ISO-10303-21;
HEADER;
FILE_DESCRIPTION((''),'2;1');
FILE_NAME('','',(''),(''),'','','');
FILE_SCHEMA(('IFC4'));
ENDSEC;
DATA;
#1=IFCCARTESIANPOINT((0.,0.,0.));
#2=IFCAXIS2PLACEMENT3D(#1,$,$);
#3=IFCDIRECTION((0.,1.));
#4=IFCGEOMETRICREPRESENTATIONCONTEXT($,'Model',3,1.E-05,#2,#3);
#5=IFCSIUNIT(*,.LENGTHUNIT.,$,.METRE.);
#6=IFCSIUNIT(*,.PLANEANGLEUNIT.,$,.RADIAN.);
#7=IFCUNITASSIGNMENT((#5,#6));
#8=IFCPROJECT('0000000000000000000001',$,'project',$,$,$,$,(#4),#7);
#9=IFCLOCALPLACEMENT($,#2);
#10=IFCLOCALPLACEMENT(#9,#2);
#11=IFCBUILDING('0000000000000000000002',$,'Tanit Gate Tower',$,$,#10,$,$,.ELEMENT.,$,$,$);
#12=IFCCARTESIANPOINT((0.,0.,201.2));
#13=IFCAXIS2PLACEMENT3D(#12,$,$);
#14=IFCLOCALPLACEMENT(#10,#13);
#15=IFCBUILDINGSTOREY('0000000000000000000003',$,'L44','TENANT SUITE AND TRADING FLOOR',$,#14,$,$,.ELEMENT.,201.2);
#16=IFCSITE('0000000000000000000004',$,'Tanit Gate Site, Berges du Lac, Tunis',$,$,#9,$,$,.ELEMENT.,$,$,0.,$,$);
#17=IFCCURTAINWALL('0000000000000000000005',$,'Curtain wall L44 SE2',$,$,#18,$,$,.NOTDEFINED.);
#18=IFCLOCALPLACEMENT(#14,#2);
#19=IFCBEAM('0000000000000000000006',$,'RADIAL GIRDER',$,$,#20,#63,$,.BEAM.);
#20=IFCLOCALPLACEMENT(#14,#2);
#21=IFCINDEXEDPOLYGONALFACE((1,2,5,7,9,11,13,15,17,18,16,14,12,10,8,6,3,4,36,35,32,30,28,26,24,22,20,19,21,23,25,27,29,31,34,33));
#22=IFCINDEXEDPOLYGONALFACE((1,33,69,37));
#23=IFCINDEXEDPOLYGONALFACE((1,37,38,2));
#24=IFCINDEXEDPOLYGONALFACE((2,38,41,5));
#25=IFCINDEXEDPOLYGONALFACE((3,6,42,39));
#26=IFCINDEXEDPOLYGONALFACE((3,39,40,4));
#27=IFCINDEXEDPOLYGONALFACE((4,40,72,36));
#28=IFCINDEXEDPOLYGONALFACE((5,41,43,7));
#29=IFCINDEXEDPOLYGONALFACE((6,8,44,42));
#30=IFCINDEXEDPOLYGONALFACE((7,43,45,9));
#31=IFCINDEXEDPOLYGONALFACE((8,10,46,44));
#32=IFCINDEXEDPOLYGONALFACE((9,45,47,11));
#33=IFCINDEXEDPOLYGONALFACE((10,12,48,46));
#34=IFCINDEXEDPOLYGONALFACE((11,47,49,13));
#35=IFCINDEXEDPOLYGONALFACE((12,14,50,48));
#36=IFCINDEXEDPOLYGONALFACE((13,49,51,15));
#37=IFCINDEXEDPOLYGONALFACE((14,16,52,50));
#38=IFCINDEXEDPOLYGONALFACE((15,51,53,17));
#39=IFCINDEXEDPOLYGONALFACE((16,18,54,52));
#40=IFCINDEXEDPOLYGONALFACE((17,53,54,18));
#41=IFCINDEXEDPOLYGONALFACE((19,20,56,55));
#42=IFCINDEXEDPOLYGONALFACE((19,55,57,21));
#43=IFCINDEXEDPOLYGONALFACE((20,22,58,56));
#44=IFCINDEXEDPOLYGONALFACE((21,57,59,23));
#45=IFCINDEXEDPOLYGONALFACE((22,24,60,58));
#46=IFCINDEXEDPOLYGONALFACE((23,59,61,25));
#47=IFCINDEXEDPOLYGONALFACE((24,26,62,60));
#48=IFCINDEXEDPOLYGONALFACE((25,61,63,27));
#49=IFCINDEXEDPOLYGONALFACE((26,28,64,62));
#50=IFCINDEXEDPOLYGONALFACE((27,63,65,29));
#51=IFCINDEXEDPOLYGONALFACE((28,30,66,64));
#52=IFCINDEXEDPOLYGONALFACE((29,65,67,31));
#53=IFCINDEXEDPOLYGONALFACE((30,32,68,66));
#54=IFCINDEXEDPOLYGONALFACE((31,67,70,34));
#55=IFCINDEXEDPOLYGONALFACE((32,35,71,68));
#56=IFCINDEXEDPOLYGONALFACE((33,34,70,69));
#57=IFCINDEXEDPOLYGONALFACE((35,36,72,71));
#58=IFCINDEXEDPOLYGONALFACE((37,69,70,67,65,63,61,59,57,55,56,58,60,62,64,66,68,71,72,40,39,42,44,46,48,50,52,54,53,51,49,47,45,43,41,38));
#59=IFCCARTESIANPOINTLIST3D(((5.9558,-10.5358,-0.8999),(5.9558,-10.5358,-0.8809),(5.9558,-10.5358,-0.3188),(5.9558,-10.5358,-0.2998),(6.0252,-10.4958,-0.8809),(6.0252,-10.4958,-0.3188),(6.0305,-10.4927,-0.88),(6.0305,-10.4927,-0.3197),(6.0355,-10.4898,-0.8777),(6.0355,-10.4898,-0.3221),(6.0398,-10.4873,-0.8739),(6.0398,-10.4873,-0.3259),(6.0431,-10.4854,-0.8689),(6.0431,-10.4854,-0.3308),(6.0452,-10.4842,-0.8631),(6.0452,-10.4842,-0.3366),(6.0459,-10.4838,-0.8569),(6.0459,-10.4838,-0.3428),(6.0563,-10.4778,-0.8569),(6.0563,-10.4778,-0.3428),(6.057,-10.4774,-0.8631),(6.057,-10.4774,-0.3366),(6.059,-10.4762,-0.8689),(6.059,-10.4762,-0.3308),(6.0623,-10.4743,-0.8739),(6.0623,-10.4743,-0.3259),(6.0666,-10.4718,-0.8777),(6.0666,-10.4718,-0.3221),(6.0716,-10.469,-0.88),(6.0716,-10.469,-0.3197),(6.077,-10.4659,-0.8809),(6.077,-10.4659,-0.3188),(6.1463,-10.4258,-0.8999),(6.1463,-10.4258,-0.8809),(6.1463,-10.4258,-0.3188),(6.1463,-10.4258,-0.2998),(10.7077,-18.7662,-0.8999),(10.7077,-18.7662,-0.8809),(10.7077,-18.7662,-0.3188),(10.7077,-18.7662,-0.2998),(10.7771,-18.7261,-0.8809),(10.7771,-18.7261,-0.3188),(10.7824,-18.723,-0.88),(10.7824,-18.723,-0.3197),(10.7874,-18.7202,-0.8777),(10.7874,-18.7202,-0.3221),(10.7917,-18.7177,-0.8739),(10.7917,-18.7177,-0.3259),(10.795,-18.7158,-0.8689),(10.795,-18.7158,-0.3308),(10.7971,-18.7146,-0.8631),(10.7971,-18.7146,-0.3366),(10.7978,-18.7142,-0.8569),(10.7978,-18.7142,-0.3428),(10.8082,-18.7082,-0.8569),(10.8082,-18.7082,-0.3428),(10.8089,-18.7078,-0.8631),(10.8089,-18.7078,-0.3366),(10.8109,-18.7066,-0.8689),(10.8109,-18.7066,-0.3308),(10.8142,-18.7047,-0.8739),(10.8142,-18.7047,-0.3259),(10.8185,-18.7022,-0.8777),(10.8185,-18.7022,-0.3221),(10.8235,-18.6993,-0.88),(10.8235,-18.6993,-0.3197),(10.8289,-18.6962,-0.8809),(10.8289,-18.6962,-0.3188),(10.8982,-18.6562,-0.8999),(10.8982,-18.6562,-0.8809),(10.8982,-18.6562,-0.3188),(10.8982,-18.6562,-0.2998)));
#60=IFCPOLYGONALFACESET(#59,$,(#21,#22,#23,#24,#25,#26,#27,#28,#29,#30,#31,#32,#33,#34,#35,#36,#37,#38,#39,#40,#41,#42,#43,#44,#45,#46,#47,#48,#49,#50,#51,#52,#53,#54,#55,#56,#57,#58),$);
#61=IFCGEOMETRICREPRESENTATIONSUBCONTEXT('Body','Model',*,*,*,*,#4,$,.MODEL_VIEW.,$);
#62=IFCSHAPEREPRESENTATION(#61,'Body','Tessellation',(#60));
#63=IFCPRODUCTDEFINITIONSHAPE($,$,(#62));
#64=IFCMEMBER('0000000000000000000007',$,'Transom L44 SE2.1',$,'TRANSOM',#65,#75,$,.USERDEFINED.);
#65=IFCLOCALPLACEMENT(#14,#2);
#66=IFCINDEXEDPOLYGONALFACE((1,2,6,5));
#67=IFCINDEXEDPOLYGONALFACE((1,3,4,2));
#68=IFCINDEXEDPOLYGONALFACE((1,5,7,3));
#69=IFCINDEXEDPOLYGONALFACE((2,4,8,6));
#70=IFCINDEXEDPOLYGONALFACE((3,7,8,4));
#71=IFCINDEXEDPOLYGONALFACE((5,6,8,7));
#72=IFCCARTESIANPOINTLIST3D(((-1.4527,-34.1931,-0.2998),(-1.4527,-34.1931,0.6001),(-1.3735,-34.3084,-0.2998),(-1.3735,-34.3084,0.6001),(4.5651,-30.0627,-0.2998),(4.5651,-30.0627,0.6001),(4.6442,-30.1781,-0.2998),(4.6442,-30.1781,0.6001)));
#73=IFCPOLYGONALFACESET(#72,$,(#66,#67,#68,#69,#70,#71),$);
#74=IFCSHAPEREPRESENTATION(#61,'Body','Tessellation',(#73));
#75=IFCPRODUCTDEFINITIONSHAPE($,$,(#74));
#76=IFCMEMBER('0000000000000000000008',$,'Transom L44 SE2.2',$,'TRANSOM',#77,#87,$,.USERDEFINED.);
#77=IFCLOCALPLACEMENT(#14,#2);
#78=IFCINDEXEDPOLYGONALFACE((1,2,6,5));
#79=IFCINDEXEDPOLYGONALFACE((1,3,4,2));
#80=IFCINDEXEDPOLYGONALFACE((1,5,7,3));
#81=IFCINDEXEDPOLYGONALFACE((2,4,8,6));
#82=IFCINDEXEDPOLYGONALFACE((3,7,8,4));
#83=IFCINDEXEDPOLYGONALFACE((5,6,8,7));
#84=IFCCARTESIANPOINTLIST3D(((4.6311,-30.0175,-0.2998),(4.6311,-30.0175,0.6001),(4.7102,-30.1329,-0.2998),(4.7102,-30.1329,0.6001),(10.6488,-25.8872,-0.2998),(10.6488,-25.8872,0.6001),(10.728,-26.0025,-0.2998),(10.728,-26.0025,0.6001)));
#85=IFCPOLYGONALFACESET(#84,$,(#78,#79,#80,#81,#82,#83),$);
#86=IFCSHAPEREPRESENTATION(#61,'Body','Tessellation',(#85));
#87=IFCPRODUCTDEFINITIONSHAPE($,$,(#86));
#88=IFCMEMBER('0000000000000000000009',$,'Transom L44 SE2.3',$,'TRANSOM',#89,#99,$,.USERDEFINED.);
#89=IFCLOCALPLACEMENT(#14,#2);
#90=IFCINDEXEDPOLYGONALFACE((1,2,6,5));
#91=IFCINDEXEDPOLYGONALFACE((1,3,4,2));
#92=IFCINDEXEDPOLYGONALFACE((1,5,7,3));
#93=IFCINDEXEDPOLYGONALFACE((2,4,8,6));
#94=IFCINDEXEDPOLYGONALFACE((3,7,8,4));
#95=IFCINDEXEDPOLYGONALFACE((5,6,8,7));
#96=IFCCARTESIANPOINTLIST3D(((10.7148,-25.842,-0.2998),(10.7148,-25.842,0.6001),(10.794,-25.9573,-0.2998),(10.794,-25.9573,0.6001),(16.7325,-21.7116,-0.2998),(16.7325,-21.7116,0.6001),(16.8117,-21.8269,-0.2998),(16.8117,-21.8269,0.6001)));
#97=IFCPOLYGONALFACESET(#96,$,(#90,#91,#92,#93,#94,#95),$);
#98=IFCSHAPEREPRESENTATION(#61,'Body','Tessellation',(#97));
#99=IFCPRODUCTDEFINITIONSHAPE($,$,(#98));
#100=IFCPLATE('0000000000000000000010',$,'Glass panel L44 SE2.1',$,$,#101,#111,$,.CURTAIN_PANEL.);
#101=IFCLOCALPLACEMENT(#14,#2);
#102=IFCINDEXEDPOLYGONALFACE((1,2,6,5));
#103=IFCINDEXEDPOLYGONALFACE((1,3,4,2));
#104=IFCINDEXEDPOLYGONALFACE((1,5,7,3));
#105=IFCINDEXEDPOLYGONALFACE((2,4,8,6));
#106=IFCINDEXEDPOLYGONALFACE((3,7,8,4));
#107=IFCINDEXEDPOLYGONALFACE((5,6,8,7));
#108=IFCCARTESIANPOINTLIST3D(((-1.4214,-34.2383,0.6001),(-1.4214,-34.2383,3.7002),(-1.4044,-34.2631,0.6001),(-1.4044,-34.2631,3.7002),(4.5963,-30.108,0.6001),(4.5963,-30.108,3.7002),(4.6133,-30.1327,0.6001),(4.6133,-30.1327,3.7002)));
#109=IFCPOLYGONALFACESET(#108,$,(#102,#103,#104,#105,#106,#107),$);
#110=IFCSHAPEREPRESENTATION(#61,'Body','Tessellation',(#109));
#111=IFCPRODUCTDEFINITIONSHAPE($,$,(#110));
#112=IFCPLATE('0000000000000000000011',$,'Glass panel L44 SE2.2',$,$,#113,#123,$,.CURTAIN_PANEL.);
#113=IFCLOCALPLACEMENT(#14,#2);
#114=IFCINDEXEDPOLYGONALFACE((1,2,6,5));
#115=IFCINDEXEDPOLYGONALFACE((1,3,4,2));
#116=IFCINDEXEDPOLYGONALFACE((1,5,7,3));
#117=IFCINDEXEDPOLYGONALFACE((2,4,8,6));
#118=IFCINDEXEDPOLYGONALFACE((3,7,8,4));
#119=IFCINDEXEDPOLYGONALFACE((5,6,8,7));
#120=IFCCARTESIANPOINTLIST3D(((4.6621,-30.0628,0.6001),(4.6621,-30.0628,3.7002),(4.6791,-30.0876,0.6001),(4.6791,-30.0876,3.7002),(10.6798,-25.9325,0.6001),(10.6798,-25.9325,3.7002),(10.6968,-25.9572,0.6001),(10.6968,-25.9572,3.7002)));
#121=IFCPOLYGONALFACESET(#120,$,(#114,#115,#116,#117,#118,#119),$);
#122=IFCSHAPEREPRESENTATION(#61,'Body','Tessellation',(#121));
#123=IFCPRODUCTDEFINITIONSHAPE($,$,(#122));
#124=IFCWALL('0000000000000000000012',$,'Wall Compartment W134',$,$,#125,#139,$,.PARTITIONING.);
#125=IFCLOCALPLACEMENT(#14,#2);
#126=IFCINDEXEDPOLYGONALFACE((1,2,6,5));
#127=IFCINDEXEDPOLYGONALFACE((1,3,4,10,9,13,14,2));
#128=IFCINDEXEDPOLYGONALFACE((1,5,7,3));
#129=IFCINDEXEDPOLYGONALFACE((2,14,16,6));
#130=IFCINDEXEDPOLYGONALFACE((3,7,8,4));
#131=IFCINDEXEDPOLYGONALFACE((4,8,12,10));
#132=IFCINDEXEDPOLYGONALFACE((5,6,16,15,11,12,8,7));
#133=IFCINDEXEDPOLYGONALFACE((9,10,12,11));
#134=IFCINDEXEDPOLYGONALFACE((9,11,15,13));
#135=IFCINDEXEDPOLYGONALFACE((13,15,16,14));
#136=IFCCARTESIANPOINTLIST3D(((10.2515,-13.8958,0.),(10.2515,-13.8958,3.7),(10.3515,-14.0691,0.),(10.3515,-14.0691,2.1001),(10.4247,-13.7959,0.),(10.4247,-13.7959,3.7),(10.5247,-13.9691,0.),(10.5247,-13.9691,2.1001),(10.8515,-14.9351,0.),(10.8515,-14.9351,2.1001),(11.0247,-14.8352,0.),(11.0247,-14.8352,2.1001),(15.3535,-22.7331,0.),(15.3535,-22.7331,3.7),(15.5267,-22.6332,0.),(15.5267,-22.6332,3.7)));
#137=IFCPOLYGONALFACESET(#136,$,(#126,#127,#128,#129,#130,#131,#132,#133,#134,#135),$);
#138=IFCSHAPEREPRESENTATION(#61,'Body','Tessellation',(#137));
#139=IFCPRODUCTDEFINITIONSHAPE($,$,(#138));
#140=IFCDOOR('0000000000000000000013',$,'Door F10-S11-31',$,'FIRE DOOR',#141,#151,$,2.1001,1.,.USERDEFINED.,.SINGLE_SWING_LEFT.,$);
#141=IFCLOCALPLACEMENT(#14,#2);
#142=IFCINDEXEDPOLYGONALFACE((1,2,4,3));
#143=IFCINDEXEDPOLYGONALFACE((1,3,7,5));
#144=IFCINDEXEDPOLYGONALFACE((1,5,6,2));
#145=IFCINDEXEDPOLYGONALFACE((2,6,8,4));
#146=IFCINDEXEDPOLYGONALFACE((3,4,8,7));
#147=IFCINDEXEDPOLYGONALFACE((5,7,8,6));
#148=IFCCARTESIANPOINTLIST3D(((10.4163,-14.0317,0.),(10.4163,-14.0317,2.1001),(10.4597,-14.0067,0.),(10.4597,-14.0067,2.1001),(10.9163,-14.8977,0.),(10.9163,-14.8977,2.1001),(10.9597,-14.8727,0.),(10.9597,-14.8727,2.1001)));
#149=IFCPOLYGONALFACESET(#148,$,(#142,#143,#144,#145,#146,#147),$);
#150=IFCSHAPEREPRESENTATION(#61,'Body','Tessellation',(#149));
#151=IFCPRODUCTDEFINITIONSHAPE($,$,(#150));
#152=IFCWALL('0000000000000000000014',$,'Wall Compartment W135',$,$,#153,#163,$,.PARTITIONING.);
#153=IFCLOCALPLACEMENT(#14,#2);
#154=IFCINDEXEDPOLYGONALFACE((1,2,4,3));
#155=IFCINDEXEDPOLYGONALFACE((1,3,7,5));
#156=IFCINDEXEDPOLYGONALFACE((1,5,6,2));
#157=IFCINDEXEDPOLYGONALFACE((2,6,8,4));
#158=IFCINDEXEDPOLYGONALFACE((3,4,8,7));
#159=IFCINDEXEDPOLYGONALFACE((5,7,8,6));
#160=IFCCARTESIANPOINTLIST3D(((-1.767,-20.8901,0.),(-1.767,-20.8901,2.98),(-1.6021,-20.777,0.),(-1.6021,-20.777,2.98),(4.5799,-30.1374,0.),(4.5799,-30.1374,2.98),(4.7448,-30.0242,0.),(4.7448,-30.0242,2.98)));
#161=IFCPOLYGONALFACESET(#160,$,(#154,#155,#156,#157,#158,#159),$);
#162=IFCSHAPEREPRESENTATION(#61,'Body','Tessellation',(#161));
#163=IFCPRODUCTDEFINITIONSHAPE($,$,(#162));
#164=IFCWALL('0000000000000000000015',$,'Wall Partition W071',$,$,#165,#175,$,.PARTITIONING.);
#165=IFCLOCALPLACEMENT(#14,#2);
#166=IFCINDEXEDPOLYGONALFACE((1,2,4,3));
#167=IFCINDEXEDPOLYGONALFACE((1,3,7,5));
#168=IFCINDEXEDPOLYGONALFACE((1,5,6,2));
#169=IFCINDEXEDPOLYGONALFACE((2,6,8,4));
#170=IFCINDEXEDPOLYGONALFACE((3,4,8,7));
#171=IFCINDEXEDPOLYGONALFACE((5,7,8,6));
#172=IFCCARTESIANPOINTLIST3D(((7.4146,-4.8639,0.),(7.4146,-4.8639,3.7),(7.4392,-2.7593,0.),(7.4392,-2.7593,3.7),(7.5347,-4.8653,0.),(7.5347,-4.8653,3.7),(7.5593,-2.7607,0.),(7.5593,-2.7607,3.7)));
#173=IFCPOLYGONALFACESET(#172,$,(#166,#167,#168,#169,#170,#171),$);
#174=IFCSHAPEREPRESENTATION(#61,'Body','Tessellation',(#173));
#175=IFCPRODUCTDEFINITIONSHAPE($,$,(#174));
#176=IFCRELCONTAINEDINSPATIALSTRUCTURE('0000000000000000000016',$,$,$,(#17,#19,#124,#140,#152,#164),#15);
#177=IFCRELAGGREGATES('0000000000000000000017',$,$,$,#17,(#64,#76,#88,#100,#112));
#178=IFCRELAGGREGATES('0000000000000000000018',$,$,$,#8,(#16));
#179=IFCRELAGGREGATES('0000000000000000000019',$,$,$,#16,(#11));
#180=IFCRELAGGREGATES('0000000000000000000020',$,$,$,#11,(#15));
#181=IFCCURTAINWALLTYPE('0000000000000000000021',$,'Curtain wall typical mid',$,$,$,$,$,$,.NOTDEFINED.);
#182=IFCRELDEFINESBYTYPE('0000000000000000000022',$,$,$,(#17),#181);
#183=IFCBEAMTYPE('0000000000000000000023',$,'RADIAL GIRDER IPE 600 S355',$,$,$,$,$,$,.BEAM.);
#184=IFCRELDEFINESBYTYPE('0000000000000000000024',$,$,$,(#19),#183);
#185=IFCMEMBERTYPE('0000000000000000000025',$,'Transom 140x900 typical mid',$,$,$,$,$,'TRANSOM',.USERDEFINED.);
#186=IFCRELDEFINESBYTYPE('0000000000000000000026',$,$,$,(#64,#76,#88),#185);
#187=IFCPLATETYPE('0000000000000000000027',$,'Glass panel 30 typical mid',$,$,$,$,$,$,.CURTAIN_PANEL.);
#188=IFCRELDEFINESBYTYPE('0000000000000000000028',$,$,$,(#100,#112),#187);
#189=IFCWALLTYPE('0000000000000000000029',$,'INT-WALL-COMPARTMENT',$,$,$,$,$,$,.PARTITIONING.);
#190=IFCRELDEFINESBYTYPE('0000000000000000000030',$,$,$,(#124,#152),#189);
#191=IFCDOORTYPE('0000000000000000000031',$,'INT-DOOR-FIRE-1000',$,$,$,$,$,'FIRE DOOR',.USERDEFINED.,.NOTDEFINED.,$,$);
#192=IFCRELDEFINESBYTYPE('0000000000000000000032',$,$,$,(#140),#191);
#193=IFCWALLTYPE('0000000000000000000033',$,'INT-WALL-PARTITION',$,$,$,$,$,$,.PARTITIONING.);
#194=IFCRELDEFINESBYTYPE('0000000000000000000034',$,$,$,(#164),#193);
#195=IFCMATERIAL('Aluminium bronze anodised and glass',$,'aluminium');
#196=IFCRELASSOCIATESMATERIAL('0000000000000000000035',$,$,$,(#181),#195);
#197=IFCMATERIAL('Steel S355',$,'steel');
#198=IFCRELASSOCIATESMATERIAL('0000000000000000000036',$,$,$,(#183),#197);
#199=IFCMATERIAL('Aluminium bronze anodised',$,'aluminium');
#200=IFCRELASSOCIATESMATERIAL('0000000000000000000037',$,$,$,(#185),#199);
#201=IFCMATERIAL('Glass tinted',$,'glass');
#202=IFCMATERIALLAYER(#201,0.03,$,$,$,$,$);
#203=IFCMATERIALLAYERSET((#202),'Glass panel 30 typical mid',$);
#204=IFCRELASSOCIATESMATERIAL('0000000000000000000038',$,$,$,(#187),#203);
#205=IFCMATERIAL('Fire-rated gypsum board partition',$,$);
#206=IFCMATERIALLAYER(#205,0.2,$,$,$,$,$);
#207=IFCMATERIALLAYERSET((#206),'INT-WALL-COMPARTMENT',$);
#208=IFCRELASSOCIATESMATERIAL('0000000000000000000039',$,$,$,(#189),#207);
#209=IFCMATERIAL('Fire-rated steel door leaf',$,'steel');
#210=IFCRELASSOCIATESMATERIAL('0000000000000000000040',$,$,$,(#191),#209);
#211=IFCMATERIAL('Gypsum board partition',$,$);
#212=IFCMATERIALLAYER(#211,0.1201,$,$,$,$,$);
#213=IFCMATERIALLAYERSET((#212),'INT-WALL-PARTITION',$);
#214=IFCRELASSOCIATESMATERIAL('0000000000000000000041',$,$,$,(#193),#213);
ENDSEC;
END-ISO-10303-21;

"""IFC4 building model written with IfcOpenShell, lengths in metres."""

from ifc_helpers import new_model, si_unit, direction, frame, frame_2d, origin, origin_2d, place, context, subcontext, project, spatial, rectangle, i_section, extrude, material, layer, layer_set, material_profile, profile_set, type_object, element, fill, aggregate, save


model = new_model("IFC4")

# Units and contexts
model_context = context("Model", 3, precision=1e-05, world=origin(), true_north=direction((0.0, 1.0)))
body_context = subcontext(model_context, "Body", "Model", "MODEL_VIEW")
ifc_project = project(units=[si_unit("LENGTHUNIT", "METRE"), si_unit("PLANEANGLEUNIT", "RADIAN")], contexts=[model_context])

# Site, building, storey
site_placement = place(None, origin())
site = spatial("IfcSite", under=ifc_project, at=site_placement, Name="Tanit Gate Site, Berges du Lac, Tunis", CompositionType="ELEMENT", RefElevation=0.0)
building_placement = place(site_placement, origin())
building = spatial("IfcBuilding", under=site, at=building_placement, Name="Tanit Gate Tower", CompositionType="ELEMENT")
storey_placement = place(building_placement, frame((0.0, 0.0, 201.2)))
storey = spatial("IfcBuildingStorey", under=building, at=storey_placement, Name="L44", Description="TENANT SUITE AND TRADING FLOOR", CompositionType="ELEMENT", Elevation=201.2)

# Curtain wall
ifc_material_1 = material(Name="Aluminium bronze anodised and glass", Category="aluminium")
curtain_wall_type = type_object("IfcCurtainWallType", Name="Curtain wall typical mid", PredefinedType="NOTDEFINED", material=ifc_material_1)
curtain_wall_1_placement = place(storey_placement, origin())
curtain_wall_1 = element("IfcCurtainWall", 1, at=curtain_wall_1_placement, inside=storey, type_object=curtain_wall_type, Name="Curtain wall L44 SE2", PredefinedType="NOTDEFINED")

# Beam
ifc_material_2 = material(Name="Steel S355", Category="steel")
ifc_material_profile_1 = material_profile(ifc_material_2, i_section(OverallWidth=0.22, OverallDepth=0.6001, WebThickness=0.012, FlangeThickness=0.019, FilletRadius=0.0239, at=origin_2d()), Name="IPE 600")
ifc_profile_set_1 = profile_set([ifc_material_profile_1], Name="Steel S355")
beam_type_1 = type_object("IfcBeamType", Name="RADIAL GIRDER IPE 600 S355", PredefinedType="BEAM", material=ifc_profile_set_1)
beam_1_placement = place(storey_placement, frame((10.803, -18.7112, -0.5999), z_axis=(-0.500007, 0.866021, 0.0), x_axis=(-0.866021, -0.500007, 0.0)))
element("IfcBeam", 2, at=beam_1_placement, inside=storey, type_object=beam_type_1, Name="RADIAL GIRDER", PredefinedType="BEAM", context=body_context, shape_type="SweptSolid", body=[
    extrude(i_section(OverallWidth=0.22, OverallDepth=0.6001, WebThickness=0.012, FlangeThickness=0.019, FilletRadius=0.0239, at=origin_2d()), origin(), (0.0, 0.0, 1.0), 9.5037),
])

# Members
ifc_material_3 = material(Name="Aluminium bronze anodised", Category="aluminium")
ifc_material_profile_2 = material_profile(ifc_material_3, rectangle(XDim=0.1399, YDim=0.8999, at=origin_2d()), Name="140x900 bronze transom")
ifc_profile_set_2 = profile_set([ifc_material_profile_2], Name="Aluminium bronze anodised")
member_type_1 = type_object("IfcMemberType", Name="Transom 140x900 typical mid", ElementType="TRANSOM", PredefinedType="USERDEFINED", material=ifc_profile_set_2)
member_1_placement = place(storey_placement, frame((-1.4131, -34.2507, 0.1501), z_axis=(0.824482, 0.565888, 0.0), x_axis=(-0.565888, 0.824482, 0.0)))
member_1 = element("IfcMember", 3, at=member_1_placement, type_object=member_type_1, Name="Transom L44 SE2.1", ObjectType="TRANSOM", PredefinedType="USERDEFINED", context=body_context, shape_type="SweptSolid", body=[
    extrude(rectangle(XDim=0.1399, YDim=0.8999, at=origin_2d()), origin(), (0.0, 0.0, 1.0), 7.2988),
])
member_2_placement = place(storey_placement, frame((4.6707, -30.0752, 0.1501), z_axis=(0.824482, 0.565888, 0.0), x_axis=(-0.565888, 0.824482, 0.0)))
member_2 = element("IfcMember", 4, at=member_2_placement, type_object=member_type_1, Name="Transom L44 SE2.2", ObjectType="TRANSOM", PredefinedType="USERDEFINED", context=body_context, shape_type="SweptSolid", body=[
    extrude(rectangle(XDim=0.1399, YDim=0.8999, at=origin_2d()), origin(), (0.0, 0.0, 1.0), 7.2988),
])
member_3_placement = place(storey_placement, frame((10.7544, -25.8997, 0.1501), z_axis=(0.824471, 0.565904, 0.0), x_axis=(-0.565904, 0.824471, 0.0)))
member_3 = element("IfcMember", 5, at=member_3_placement, type_object=member_type_1, Name="Transom L44 SE2.3", ObjectType="TRANSOM", PredefinedType="USERDEFINED", context=body_context, shape_type="SweptSolid", body=[
    extrude(rectangle(XDim=0.1399, YDim=0.8999, at=origin_2d()), origin(), (0.0, 0.0, 1.0), 7.2988),
])

# Plates
ifc_material_4 = material(Name="Glass tinted", Category="glass")
ifc_layer_1 = layer(ifc_material_4, 0.03)
ifc_layer_set_1 = layer_set([ifc_layer_1], Name="Glass panel 30 typical mid")
plate_type = type_object("IfcPlateType", Name="Glass panel 30 typical mid", PredefinedType="CURTAIN_PANEL", material=ifc_layer_set_1)
plate_1_placement = place(storey_placement, frame((1.5959, -32.1855, 0.6001), z_axis=(0.0, 0.0, 1.0), x_axis=(0.824479, 0.565893, 0.0)))
plate_1 = element("IfcPlate", 6, at=plate_1_placement, type_object=plate_type, Name="Glass panel L44 SE2.1", PredefinedType="CURTAIN_PANEL", context=body_context, shape_type="SweptSolid", body=[
    extrude(rectangle(XDim=7.2988, YDim=0.03, at=origin_2d()), origin(), (0.0, 0.0, 1.0), 3.1001),
])
plate_2_placement = place(storey_placement, frame((7.6794, -28.01, 0.6001), z_axis=(0.0, 0.0, 1.0), x_axis=(0.824479, 0.565893, 0.0)))
plate_2 = element("IfcPlate", 7, at=plate_2_placement, type_object=plate_type, Name="Glass panel L44 SE2.2", PredefinedType="CURTAIN_PANEL", context=body_context, shape_type="SweptSolid", body=[
    extrude(rectangle(XDim=7.2988, YDim=0.03, at=origin_2d()), origin(), (0.0, 0.0, 1.0), 3.1001),
])
aggregate(curtain_wall_1, [member_1, member_2, member_3, plate_1, plate_2])

# Wall, opening, door
ifc_material_5 = material(Name="Fire-rated gypsum board partition")
ifc_layer_2 = layer(ifc_material_5, 0.2)
ifc_layer_set_2 = layer_set([ifc_layer_2], Name="INT-WALL-COMPARTMENT")
wall_type_1 = type_object("IfcWallType", Name="INT-WALL-COMPARTMENT", PredefinedType="PARTITIONING", material=ifc_layer_set_2)
wall_1_placement = place(storey_placement, frame((10.3381, -13.8459, 0.0), z_axis=(0.0, 0.0, 1.0), x_axis=(0.499983, -0.866035, 0.0)))
wall_1 = element("IfcWall", 8, at=wall_1_placement, inside=storey, type_object=wall_type_1, Name="Wall Compartment W134", PredefinedType="PARTITIONING", context=body_context, shape_type="SweptSolid", body=[
    extrude(rectangle(XDim=10.2043, YDim=0.2, at=frame_2d((5.1021, 0.0))), origin(), (0.0, 0.0, 1.0), 3.7),
])
opening_placement = place(wall_1_placement, frame((0.2, 0.0, 0.0)))
opening = element("IfcOpeningElement", 9, at=opening_placement, cuts=wall_1, PredefinedType="OPENING", context=body_context, shape_type="SweptSolid", body=[
    extrude(rectangle(XDim=1.0, YDim=2.1001, at=frame_2d((0.5, 1.05))), frame((0.0, 0.1099, 0.0), z_axis=(0.0, -1.0, 0.0), x_axis=(1.0, 0.0, 0.0)), (0.0, 0.0, 1.0), 0.22),
])
ifc_material_6 = material(Name="Fire-rated steel door leaf", Category="steel")
door_type = type_object("IfcDoorType", Name="INT-DOOR-FIRE-1000", ElementType="FIRE DOOR", OperationType="NOTDEFINED", PredefinedType="USERDEFINED", material=ifc_material_6)
door_placement = place(opening_placement, origin())
door = element("IfcDoor", 10, at=door_placement, inside=storey, type_object=door_type, Name="Door F10-S11-31", ObjectType="FIRE DOOR", OperationType="SINGLE_SWING_LEFT", OverallHeight=2.1001, OverallWidth=1.0, PredefinedType="USERDEFINED", context=body_context, shape_type="SweptSolid", body=[
    extrude(rectangle(XDim=1.0, YDim=2.1001, at=frame_2d((0.5, 1.05))), frame((0.0, 0.0249, 0.0), z_axis=(0.0, -1.0, 0.0), x_axis=(1.0, 0.0, 0.0)), (0.0, 0.0, 1.0), 0.05),
])
fill(opening, door)

# Walls
wall_2_placement = place(storey_placement, frame((4.6624, -30.0808, 0.0), z_axis=(0.0, 0.0, 1.0), x_axis=(-0.565887, 0.824483, 0.0)))
element("IfcWall", 11, at=wall_2_placement, inside=storey, type_object=wall_type_1, Name="Wall Compartment W135", PredefinedType="PARTITIONING", context=body_context, shape_type="SweptSolid", body=[
    extrude(rectangle(XDim=11.2158, YDim=0.2, at=frame_2d((5.6079, 0.0))), origin(), (0.0, 0.0, 1.0), 2.98),
])
ifc_material_7 = material(Name="Gypsum board partition")
ifc_layer_3 = layer(ifc_material_7, 0.1201)
ifc_layer_set_3 = layer_set([ifc_layer_3], Name="INT-WALL-PARTITION")
wall_type_2 = type_object("IfcWallType", Name="INT-WALL-PARTITION", PredefinedType="PARTITIONING", material=ifc_layer_set_3)
wall_3_placement = place(storey_placement, frame((7.4746, -4.8645, 0.0), z_axis=(0.0, 0.0, 1.0), x_axis=(0.011716, 0.999931, 0.0)))
element("IfcWall", 12, at=wall_3_placement, inside=storey, type_object=wall_type_2, Name="Wall Partition W071", PredefinedType="PARTITIONING", context=body_context, shape_type="SweptSolid", body=[
    extrude(rectangle(XDim=2.1047, YDim=0.1201, at=frame_2d((1.0522, 0.0))), origin(), (0.0, 0.0, 1.0), 3.7),
])

save(model, "model.ifc")
